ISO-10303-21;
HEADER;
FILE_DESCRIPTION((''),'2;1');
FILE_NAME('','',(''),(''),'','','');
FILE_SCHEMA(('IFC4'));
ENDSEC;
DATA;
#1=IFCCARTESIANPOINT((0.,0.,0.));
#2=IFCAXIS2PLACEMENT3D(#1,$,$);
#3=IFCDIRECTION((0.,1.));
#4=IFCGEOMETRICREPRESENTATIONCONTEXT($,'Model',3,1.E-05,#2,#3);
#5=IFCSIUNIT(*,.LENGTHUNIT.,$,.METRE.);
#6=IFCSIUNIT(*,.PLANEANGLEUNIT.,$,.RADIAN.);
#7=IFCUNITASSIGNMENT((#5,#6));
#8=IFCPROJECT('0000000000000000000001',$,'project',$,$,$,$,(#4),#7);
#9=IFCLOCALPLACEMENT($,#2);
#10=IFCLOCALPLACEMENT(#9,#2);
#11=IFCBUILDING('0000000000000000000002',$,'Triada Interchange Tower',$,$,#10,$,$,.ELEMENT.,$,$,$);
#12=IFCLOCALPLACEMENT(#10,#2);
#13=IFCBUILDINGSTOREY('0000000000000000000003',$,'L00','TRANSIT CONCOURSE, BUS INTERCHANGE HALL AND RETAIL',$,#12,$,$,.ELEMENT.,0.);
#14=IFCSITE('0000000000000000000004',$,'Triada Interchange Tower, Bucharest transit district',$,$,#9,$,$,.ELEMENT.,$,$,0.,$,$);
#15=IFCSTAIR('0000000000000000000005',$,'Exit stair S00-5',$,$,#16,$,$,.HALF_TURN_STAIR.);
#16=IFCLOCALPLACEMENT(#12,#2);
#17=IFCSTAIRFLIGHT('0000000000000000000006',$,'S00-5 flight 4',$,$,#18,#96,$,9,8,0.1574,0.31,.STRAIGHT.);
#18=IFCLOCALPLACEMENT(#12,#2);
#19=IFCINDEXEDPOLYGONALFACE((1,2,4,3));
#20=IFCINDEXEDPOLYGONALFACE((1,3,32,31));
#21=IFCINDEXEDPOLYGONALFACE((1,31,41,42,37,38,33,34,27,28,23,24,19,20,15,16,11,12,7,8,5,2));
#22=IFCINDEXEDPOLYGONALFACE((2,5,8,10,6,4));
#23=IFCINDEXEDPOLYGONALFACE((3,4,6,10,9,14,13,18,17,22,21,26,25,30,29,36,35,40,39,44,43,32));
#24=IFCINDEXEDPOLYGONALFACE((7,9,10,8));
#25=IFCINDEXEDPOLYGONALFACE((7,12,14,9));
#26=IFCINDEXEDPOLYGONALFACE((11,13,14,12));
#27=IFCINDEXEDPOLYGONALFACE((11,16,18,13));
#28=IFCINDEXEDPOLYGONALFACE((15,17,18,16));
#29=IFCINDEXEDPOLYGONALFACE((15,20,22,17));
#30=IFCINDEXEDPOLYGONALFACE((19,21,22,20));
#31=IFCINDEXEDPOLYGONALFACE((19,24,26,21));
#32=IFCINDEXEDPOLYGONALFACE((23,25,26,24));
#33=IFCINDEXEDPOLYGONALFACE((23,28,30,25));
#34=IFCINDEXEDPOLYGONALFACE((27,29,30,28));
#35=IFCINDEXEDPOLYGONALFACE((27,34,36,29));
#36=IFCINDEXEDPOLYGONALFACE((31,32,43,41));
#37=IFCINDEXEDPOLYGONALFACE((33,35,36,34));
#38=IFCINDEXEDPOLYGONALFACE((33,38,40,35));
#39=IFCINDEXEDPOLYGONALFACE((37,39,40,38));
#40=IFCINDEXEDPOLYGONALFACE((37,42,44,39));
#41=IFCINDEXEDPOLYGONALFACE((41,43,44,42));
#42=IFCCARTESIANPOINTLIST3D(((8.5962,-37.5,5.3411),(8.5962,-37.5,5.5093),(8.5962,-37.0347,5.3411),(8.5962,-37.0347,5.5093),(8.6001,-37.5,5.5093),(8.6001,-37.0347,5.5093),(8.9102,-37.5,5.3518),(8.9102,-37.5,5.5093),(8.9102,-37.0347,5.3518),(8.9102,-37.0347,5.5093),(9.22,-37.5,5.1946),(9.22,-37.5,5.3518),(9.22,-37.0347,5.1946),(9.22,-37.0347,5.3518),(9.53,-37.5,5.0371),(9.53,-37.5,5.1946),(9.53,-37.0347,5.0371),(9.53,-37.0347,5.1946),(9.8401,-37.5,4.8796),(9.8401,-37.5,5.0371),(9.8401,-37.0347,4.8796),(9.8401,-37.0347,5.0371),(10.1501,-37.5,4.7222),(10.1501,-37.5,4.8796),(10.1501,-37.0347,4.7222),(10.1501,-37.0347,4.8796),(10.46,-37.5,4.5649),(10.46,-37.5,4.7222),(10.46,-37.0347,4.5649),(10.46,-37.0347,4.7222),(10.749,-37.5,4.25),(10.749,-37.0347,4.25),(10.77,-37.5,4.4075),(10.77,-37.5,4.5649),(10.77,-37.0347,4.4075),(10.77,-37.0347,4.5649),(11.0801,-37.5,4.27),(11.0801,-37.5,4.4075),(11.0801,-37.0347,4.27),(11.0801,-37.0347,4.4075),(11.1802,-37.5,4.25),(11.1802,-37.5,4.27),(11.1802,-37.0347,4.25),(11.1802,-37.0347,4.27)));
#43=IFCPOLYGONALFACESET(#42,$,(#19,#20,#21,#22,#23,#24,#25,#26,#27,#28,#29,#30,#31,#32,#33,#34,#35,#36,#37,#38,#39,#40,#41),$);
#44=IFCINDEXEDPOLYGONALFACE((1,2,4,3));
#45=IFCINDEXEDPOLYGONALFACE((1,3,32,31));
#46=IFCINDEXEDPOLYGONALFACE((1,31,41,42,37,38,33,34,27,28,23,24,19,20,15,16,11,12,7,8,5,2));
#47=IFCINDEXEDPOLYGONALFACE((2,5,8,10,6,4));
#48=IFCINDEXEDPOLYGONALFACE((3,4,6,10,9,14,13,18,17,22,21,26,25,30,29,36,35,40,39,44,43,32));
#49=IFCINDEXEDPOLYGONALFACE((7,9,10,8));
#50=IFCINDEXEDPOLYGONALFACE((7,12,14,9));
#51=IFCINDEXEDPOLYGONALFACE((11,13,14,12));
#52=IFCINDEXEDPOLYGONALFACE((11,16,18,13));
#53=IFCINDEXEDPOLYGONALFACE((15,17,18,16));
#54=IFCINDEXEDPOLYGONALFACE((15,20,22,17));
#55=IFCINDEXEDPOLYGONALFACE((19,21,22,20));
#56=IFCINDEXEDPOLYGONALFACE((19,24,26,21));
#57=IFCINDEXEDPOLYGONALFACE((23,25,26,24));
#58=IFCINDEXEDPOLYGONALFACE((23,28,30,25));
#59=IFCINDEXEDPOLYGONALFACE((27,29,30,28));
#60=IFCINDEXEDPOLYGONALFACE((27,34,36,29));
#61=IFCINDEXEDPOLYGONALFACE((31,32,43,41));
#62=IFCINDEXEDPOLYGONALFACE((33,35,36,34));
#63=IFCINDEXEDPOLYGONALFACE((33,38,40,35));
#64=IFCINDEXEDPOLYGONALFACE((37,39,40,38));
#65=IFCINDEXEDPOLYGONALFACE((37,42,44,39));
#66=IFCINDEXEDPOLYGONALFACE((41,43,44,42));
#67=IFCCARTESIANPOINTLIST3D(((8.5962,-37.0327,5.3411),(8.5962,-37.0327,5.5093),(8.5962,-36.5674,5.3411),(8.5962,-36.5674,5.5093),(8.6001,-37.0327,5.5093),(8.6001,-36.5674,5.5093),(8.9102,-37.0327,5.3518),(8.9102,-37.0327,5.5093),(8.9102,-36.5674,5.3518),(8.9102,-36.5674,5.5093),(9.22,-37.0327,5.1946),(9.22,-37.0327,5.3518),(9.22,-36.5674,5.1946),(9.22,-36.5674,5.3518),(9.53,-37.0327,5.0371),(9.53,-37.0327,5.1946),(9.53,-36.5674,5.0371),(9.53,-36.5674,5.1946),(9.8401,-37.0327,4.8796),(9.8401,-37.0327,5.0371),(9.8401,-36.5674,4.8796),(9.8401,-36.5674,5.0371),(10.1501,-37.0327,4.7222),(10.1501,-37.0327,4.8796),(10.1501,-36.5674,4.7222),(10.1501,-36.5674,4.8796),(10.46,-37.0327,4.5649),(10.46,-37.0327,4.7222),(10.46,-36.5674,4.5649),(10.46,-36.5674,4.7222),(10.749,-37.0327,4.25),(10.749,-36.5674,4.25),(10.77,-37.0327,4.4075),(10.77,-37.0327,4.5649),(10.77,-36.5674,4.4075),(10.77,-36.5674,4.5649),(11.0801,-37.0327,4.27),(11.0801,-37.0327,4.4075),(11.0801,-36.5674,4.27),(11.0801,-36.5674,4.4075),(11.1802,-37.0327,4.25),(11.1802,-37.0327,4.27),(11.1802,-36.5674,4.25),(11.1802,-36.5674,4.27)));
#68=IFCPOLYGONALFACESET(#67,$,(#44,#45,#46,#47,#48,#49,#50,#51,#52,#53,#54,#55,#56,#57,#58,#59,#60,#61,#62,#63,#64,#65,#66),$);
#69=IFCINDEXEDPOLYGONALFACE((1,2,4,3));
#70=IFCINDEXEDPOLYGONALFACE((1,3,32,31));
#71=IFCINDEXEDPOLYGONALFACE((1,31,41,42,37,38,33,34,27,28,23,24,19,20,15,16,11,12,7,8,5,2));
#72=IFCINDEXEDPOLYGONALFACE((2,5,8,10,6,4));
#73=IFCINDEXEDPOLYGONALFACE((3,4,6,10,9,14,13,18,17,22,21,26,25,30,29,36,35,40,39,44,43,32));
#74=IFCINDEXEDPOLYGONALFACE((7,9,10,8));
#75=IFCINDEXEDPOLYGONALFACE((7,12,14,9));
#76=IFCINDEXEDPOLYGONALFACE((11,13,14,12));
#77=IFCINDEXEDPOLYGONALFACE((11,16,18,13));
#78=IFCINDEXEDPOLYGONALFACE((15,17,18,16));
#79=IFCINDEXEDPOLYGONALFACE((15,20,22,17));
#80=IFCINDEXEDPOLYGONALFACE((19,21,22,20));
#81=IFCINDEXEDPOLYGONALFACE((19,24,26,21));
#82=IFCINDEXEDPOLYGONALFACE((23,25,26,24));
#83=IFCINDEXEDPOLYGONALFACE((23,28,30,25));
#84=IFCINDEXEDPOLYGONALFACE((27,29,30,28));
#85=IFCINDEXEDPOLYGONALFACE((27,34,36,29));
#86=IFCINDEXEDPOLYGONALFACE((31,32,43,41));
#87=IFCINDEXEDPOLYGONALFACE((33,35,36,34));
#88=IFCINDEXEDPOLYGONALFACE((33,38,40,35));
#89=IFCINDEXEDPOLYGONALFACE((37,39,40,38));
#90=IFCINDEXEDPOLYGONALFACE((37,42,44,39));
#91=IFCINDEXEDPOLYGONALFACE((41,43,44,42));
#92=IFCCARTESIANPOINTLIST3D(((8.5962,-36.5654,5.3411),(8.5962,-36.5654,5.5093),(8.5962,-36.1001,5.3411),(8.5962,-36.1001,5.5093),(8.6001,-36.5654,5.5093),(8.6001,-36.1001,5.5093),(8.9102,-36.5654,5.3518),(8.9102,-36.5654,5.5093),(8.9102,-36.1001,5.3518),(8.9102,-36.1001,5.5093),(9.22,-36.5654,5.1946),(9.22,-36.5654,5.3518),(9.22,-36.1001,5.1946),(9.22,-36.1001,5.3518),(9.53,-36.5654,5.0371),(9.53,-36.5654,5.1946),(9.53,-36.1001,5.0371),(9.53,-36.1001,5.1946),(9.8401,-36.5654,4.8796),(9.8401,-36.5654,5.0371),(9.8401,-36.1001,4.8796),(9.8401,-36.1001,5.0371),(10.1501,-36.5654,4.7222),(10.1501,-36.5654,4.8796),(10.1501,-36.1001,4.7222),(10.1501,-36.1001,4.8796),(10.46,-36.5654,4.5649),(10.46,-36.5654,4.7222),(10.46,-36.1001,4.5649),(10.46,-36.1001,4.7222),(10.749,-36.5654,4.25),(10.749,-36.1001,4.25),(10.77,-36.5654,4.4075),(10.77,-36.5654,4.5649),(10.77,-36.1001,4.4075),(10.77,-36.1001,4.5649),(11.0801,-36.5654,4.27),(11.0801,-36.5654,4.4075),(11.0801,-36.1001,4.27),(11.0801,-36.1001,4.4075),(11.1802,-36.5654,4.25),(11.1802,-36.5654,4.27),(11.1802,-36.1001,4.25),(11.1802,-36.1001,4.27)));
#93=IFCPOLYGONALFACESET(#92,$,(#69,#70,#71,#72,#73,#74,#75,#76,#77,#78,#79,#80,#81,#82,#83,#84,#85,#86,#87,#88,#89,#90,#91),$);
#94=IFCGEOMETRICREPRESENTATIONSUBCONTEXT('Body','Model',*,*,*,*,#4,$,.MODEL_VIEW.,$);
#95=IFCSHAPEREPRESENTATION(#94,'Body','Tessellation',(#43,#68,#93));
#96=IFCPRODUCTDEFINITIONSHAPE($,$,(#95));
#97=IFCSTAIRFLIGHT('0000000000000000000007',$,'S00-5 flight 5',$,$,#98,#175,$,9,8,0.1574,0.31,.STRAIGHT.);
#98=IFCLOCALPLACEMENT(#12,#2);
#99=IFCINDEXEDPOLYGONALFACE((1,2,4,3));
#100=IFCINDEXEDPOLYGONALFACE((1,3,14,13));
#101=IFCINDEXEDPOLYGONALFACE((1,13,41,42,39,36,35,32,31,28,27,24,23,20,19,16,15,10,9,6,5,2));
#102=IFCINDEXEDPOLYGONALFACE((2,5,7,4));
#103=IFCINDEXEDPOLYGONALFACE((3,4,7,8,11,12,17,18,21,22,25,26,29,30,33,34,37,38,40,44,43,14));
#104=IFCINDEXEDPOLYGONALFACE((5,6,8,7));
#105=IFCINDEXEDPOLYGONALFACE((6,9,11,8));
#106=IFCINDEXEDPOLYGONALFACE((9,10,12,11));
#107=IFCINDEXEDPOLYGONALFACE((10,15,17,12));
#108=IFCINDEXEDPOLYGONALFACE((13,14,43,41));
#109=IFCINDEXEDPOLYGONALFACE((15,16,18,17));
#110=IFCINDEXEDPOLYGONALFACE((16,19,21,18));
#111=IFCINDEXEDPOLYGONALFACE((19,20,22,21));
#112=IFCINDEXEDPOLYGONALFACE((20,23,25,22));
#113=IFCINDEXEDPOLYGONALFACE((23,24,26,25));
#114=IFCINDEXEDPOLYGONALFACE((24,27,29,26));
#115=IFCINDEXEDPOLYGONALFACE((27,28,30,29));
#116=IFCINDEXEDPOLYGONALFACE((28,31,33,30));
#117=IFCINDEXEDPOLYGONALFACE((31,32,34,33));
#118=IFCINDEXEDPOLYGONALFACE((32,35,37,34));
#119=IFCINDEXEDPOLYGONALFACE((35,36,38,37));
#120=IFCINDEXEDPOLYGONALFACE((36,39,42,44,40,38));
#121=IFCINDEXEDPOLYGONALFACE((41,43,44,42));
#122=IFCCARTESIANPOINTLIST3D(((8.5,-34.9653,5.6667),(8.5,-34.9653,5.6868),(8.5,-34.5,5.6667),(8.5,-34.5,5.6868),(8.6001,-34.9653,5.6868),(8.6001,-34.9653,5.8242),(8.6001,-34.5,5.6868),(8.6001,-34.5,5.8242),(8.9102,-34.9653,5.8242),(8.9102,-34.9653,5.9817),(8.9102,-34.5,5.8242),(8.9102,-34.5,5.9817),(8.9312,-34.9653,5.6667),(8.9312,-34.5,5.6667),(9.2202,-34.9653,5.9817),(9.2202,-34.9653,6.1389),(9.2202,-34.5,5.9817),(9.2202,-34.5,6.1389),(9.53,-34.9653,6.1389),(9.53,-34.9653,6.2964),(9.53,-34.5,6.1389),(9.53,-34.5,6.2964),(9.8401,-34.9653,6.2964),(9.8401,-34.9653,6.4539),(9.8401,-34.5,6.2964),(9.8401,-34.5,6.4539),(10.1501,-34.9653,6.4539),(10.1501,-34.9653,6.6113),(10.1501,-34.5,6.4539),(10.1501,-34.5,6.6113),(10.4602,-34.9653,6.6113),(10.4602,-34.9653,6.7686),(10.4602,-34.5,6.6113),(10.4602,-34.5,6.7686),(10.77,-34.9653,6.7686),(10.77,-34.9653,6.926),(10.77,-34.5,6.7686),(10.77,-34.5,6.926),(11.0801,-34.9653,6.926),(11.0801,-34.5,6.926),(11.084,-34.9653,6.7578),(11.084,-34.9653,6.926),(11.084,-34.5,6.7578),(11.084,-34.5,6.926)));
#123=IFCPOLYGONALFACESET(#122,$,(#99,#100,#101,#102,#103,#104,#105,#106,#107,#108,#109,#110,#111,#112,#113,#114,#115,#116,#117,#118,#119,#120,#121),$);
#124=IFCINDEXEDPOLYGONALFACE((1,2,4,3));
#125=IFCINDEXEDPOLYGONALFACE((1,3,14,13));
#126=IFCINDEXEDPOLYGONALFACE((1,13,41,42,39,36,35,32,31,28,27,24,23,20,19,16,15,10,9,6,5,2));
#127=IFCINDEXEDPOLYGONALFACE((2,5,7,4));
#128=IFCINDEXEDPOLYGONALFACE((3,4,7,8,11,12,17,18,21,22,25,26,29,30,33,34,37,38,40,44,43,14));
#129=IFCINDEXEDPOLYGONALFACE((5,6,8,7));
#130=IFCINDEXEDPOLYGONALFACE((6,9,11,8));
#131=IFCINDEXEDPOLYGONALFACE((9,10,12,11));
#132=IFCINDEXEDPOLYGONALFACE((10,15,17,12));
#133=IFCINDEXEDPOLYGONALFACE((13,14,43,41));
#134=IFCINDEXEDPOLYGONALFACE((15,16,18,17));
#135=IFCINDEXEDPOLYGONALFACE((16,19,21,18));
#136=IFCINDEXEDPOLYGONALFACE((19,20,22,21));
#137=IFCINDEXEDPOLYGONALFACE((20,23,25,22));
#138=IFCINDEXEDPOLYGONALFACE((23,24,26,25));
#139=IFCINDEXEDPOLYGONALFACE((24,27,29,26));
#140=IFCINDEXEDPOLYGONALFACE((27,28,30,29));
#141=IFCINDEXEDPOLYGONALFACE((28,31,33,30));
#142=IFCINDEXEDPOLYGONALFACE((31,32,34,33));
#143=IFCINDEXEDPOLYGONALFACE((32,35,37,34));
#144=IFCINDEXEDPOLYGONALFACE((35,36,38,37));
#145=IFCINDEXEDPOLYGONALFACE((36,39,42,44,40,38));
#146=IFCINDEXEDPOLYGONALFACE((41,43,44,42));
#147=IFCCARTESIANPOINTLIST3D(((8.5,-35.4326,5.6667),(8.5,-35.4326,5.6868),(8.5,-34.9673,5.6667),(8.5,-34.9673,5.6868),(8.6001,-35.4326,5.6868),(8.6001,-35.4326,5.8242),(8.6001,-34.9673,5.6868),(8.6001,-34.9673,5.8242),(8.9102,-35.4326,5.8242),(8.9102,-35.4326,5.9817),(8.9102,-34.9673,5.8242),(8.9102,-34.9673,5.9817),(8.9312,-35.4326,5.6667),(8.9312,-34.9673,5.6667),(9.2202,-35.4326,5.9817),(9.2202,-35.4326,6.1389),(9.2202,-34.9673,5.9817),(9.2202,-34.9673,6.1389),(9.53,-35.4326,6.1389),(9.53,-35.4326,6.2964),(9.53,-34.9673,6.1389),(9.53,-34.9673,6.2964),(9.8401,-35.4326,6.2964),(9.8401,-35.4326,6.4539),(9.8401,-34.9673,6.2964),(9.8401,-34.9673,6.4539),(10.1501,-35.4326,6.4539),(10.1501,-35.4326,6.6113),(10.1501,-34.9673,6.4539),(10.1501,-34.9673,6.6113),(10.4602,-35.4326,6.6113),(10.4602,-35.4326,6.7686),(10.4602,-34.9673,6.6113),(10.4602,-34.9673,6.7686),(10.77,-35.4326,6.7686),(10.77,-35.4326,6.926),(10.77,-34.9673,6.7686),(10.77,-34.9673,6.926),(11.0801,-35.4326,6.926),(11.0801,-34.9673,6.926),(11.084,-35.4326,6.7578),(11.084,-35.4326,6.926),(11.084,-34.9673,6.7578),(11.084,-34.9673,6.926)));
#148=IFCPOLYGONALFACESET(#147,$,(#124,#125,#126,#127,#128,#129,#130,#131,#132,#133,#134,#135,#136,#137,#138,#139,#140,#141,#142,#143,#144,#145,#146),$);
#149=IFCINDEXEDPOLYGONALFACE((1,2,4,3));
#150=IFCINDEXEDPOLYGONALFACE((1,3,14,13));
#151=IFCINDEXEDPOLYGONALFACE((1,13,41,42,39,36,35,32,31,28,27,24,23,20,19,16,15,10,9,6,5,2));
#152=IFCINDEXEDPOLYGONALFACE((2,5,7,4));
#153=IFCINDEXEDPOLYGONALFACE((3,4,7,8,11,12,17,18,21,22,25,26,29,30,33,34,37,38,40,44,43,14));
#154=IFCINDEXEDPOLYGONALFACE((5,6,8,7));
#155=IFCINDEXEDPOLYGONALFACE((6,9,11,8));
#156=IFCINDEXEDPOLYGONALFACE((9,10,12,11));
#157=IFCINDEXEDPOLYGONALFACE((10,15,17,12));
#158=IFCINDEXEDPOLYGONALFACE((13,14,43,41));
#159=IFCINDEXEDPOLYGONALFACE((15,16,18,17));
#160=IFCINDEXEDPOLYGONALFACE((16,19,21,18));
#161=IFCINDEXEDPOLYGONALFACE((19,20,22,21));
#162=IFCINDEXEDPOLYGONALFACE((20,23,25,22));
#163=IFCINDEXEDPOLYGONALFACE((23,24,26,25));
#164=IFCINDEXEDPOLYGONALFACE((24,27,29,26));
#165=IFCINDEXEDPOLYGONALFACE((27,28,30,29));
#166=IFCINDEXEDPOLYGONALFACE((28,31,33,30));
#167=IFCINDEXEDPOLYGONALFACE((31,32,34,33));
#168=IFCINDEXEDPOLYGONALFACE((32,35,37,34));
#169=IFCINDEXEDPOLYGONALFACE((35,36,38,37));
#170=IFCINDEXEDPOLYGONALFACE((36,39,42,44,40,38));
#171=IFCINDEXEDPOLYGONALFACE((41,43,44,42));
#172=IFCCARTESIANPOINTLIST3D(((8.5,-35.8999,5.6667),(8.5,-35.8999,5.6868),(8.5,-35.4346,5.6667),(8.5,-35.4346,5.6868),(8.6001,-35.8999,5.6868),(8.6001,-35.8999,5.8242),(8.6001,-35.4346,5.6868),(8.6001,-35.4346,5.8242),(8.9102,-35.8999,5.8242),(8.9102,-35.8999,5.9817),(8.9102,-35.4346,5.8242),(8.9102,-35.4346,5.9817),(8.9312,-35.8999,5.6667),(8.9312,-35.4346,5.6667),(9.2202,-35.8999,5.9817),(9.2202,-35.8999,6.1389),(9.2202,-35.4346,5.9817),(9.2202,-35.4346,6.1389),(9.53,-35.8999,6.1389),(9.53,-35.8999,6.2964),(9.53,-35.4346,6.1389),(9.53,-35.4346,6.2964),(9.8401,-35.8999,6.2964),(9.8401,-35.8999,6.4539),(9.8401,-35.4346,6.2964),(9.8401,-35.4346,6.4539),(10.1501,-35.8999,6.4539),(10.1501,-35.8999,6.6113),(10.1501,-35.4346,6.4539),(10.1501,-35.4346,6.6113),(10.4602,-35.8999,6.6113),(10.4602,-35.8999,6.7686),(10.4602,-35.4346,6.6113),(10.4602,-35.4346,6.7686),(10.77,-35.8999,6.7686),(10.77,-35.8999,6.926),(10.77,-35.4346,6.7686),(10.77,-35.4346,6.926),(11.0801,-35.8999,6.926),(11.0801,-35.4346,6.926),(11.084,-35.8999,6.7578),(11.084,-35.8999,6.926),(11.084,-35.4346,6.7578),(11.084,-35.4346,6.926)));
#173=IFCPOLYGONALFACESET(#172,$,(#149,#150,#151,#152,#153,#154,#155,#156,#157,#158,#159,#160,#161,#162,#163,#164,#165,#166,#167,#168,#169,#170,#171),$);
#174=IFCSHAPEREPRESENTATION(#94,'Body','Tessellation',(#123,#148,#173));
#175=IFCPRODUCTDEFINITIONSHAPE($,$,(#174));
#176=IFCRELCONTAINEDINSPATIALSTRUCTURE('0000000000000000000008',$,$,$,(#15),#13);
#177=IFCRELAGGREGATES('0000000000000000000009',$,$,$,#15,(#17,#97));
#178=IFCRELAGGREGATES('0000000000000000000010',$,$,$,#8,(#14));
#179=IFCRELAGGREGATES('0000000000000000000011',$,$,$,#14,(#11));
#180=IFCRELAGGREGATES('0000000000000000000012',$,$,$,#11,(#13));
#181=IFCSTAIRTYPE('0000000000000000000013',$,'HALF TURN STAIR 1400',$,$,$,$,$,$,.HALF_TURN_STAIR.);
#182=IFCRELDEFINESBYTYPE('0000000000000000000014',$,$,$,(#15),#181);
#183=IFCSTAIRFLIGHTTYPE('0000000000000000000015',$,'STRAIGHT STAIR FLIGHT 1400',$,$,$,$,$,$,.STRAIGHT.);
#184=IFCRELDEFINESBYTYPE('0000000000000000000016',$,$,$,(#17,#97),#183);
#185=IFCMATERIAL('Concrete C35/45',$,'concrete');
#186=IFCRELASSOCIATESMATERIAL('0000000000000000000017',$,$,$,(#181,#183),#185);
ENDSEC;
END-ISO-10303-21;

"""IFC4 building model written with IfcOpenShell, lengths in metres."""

from ifc_helpers import new_model, si_unit, direction, frame, origin, place, context, subcontext, project, spatial, polyline, outline, extrude, material, type_object, element, aggregate, save


model = new_model("IFC4")

# Units and contexts
model_context = context("Model", 3, precision=1e-05, world=origin(), true_north=direction((0.0, 1.0)))
body_context = subcontext(model_context, "Body", "Model", "MODEL_VIEW")
ifc_project = project(units=[si_unit("LENGTHUNIT", "METRE"), si_unit("PLANEANGLEUNIT", "RADIAN")], contexts=[model_context])

# Site, building, storey
site_placement = place(None, origin())
site = spatial("IfcSite", under=ifc_project, at=site_placement, Name="Triada Interchange Tower, Bucharest transit district", CompositionType="ELEMENT", RefElevation=0.0)
building_placement = place(site_placement, origin())
building = spatial("IfcBuilding", under=site, at=building_placement, Name="Triada Interchange Tower", CompositionType="ELEMENT")
storey_placement = place(building_placement, origin())
storey = spatial("IfcBuildingStorey", under=building, at=storey_placement, Name="L00", Description="TRANSIT CONCOURSE, BUS INTERCHANGE HALL AND RETAIL", CompositionType="ELEMENT", Elevation=0.0)

# Shared definitions
ifc_material_1 = material(Name="Concrete C35/45", Category="concrete")

# Stair, stair flights
stair_type = type_object("IfcStairType", Name="HALF TURN STAIR 1400", PredefinedType="HALF_TURN_STAIR", material=ifc_material_1)
stair_1_placement = place(storey_placement, origin())
stair_1 = element("IfcStair", 1, at=stair_1_placement, inside=storey, type_object=stair_type, Name="Exit stair S00-5", PredefinedType="HALF_TURN_STAIR")
stair_flight_type = type_object("IfcStairFlightType", Name="STRAIGHT STAIR FLIGHT 1400", PredefinedType="STRAIGHT", material=ifc_material_1)
stair_flight_1_placement = place(storey_placement, frame((11.0801, -36.8, 4.25), z_axis=(0.0, 0.0, 1.0), x_axis=(-1.0, 0.0, 0.0)))
stair_flight_1 = element("IfcStairFlight", 2, at=stair_flight_1_placement, type_object=stair_flight_type, Name="S00-5 flight 4", NumberOfRisers=9, NumberOfTreads=8, PredefinedType="STRAIGHT", RiserHeight=0.1574, TreadLength=0.31, context=body_context, shape_type="SweptSolid", body=[
    extrude(outline(polyline([(-0.1001, 0.0), (-0.1001, 0.02), (0.0, 0.02), (0.0, 0.1575), (0.3101, 0.1575), (0.3101, 0.3149), (0.6201, 0.3149), (0.6201, 0.4722), (0.9299, 0.4722), (0.9299, 0.6296), (1.24, 0.6296), (1.24, 0.7871), (1.55, 0.7871), (1.55, 0.9446), (1.8601, 0.9446), (1.8601, 1.1018), (2.1699, 1.1018), (2.1699, 1.2593), (2.48, 1.2593), (2.4839, 1.2593), (2.4839, 1.4167), (2.4839, 1.0911), (0.3311, 0.0), (-0.1001, 0.0)])), frame((0.0, 0.7, 0.0), z_axis=(0.0, -1.0, 0.0), x_axis=(1.0, 0.0, 0.0)), (0.0, 0.0, 1.0), 0.4653),
    extrude(outline(polyline([(-0.1001, 0.0), (-0.1001, 0.02), (0.0, 0.02), (0.0, 0.1575), (0.3101, 0.1575), (0.3101, 0.3149), (0.6201, 0.3149), (0.6201, 0.4722), (0.9299, 0.4722), (0.9299, 0.6296), (1.24, 0.6296), (1.24, 0.7871), (1.55, 0.7871), (1.55, 0.9446), (1.8601, 0.9446), (1.8601, 1.1018), (2.1699, 1.1018), (2.1699, 1.2593), (2.48, 1.2593), (2.4839, 1.2593), (2.4839, 1.4167), (2.4839, 1.0911), (0.3311, 0.0), (-0.1001, 0.0)])), frame((0.0, 0.2327, 0.0), z_axis=(0.0, -1.0, 0.0), x_axis=(1.0, 0.0, 0.0)), (0.0, 0.0, 1.0), 0.4653),
    extrude(outline(polyline([(-0.1001, 0.0), (-0.1001, 0.02), (0.0, 0.02), (0.0, 0.1575), (0.3101, 0.1575), (0.3101, 0.3149), (0.6201, 0.3149), (0.6201, 0.4722), (0.9299, 0.4722), (0.9299, 0.6296), (1.24, 0.6296), (1.24, 0.7871), (1.55, 0.7871), (1.55, 0.9446), (1.8601, 0.9446), (1.8601, 1.1018), (2.1699, 1.1018), (2.1699, 1.2593), (2.48, 1.2593), (2.4839, 1.2593), (2.4839, 1.4167), (2.4839, 1.0911), (0.3311, 0.0), (-0.1001, 0.0)])), frame((0.0, -0.2346, 0.0), z_axis=(0.0, -1.0, 0.0), x_axis=(1.0, 0.0, 0.0)), (0.0, 0.0, 1.0), 0.4653),
])
stair_flight_2_placement = place(storey_placement, frame((8.6001, -35.2, 5.6667), z_axis=(0.0, 0.0, 1.0), x_axis=(1.0, 0.0, 0.0)))
stair_flight_2 = element("IfcStairFlight", 3, at=stair_flight_2_placement, type_object=stair_flight_type, Name="S00-5 flight 5", NumberOfRisers=9, NumberOfTreads=8, PredefinedType="STRAIGHT", RiserHeight=0.1574, TreadLength=0.31, context=body_context, shape_type="SweptSolid", body=[
    extrude(outline(polyline([(-0.1001, 0.0), (-0.1001, 0.02), (0.0, 0.02), (0.0, 0.1575), (0.3101, 0.1575), (0.3101, 0.3149), (0.6201, 0.3149), (0.6201, 0.4722), (0.9299, 0.4722), (0.9299, 0.6296), (1.24, 0.6296), (1.24, 0.7871), (1.55, 0.7871), (1.55, 0.9446), (1.8601, 0.9446), (1.8601, 1.1018), (2.1699, 1.1018), (2.1699, 1.2593), (2.48, 1.2593), (2.4839, 1.2593), (2.4839, 1.4167), (2.4839, 1.0911), (0.3311, 0.0), (-0.1001, 0.0)])), frame((0.0, 0.7, 0.0), z_axis=(0.0, -1.0, 0.0), x_axis=(1.0, 0.0, 0.0)), (0.0, 0.0, 1.0), 0.4653),
    extrude(outline(polyline([(-0.1001, 0.0), (-0.1001, 0.02), (0.0, 0.02), (0.0, 0.1575), (0.3101, 0.1575), (0.3101, 0.3149), (0.6201, 0.3149), (0.6201, 0.4722), (0.9299, 0.4722), (0.9299, 0.6296), (1.24, 0.6296), (1.24, 0.7871), (1.55, 0.7871), (1.55, 0.9446), (1.8601, 0.9446), (1.8601, 1.1018), (2.1699, 1.1018), (2.1699, 1.2593), (2.48, 1.2593), (2.4839, 1.2593), (2.4839, 1.4167), (2.4839, 1.0911), (0.3311, 0.0), (-0.1001, 0.0)])), frame((0.0, 0.2327, 0.0), z_axis=(0.0, -1.0, 0.0), x_axis=(1.0, 0.0, 0.0)), (0.0, 0.0, 1.0), 0.4653),
    extrude(outline(polyline([(-0.1001, 0.0), (-0.1001, 0.02), (0.0, 0.02), (0.0, 0.1575), (0.3101, 0.1575), (0.3101, 0.3149), (0.6201, 0.3149), (0.6201, 0.4722), (0.9299, 0.4722), (0.9299, 0.6296), (1.24, 0.6296), (1.24, 0.7871), (1.55, 0.7871), (1.55, 0.9446), (1.8601, 0.9446), (1.8601, 1.1018), (2.1699, 1.1018), (2.1699, 1.2593), (2.48, 1.2593), (2.4839, 1.2593), (2.4839, 1.4167), (2.4839, 1.0911), (0.3311, 0.0), (-0.1001, 0.0)])), frame((0.0, -0.2346, 0.0), z_axis=(0.0, -1.0, 0.0), x_axis=(1.0, 0.0, 0.0)), (0.0, 0.0, 1.0), 0.4653),
])
aggregate(stair_1, [stair_flight_1, stair_flight_2])

save(model, "model.ifc")
